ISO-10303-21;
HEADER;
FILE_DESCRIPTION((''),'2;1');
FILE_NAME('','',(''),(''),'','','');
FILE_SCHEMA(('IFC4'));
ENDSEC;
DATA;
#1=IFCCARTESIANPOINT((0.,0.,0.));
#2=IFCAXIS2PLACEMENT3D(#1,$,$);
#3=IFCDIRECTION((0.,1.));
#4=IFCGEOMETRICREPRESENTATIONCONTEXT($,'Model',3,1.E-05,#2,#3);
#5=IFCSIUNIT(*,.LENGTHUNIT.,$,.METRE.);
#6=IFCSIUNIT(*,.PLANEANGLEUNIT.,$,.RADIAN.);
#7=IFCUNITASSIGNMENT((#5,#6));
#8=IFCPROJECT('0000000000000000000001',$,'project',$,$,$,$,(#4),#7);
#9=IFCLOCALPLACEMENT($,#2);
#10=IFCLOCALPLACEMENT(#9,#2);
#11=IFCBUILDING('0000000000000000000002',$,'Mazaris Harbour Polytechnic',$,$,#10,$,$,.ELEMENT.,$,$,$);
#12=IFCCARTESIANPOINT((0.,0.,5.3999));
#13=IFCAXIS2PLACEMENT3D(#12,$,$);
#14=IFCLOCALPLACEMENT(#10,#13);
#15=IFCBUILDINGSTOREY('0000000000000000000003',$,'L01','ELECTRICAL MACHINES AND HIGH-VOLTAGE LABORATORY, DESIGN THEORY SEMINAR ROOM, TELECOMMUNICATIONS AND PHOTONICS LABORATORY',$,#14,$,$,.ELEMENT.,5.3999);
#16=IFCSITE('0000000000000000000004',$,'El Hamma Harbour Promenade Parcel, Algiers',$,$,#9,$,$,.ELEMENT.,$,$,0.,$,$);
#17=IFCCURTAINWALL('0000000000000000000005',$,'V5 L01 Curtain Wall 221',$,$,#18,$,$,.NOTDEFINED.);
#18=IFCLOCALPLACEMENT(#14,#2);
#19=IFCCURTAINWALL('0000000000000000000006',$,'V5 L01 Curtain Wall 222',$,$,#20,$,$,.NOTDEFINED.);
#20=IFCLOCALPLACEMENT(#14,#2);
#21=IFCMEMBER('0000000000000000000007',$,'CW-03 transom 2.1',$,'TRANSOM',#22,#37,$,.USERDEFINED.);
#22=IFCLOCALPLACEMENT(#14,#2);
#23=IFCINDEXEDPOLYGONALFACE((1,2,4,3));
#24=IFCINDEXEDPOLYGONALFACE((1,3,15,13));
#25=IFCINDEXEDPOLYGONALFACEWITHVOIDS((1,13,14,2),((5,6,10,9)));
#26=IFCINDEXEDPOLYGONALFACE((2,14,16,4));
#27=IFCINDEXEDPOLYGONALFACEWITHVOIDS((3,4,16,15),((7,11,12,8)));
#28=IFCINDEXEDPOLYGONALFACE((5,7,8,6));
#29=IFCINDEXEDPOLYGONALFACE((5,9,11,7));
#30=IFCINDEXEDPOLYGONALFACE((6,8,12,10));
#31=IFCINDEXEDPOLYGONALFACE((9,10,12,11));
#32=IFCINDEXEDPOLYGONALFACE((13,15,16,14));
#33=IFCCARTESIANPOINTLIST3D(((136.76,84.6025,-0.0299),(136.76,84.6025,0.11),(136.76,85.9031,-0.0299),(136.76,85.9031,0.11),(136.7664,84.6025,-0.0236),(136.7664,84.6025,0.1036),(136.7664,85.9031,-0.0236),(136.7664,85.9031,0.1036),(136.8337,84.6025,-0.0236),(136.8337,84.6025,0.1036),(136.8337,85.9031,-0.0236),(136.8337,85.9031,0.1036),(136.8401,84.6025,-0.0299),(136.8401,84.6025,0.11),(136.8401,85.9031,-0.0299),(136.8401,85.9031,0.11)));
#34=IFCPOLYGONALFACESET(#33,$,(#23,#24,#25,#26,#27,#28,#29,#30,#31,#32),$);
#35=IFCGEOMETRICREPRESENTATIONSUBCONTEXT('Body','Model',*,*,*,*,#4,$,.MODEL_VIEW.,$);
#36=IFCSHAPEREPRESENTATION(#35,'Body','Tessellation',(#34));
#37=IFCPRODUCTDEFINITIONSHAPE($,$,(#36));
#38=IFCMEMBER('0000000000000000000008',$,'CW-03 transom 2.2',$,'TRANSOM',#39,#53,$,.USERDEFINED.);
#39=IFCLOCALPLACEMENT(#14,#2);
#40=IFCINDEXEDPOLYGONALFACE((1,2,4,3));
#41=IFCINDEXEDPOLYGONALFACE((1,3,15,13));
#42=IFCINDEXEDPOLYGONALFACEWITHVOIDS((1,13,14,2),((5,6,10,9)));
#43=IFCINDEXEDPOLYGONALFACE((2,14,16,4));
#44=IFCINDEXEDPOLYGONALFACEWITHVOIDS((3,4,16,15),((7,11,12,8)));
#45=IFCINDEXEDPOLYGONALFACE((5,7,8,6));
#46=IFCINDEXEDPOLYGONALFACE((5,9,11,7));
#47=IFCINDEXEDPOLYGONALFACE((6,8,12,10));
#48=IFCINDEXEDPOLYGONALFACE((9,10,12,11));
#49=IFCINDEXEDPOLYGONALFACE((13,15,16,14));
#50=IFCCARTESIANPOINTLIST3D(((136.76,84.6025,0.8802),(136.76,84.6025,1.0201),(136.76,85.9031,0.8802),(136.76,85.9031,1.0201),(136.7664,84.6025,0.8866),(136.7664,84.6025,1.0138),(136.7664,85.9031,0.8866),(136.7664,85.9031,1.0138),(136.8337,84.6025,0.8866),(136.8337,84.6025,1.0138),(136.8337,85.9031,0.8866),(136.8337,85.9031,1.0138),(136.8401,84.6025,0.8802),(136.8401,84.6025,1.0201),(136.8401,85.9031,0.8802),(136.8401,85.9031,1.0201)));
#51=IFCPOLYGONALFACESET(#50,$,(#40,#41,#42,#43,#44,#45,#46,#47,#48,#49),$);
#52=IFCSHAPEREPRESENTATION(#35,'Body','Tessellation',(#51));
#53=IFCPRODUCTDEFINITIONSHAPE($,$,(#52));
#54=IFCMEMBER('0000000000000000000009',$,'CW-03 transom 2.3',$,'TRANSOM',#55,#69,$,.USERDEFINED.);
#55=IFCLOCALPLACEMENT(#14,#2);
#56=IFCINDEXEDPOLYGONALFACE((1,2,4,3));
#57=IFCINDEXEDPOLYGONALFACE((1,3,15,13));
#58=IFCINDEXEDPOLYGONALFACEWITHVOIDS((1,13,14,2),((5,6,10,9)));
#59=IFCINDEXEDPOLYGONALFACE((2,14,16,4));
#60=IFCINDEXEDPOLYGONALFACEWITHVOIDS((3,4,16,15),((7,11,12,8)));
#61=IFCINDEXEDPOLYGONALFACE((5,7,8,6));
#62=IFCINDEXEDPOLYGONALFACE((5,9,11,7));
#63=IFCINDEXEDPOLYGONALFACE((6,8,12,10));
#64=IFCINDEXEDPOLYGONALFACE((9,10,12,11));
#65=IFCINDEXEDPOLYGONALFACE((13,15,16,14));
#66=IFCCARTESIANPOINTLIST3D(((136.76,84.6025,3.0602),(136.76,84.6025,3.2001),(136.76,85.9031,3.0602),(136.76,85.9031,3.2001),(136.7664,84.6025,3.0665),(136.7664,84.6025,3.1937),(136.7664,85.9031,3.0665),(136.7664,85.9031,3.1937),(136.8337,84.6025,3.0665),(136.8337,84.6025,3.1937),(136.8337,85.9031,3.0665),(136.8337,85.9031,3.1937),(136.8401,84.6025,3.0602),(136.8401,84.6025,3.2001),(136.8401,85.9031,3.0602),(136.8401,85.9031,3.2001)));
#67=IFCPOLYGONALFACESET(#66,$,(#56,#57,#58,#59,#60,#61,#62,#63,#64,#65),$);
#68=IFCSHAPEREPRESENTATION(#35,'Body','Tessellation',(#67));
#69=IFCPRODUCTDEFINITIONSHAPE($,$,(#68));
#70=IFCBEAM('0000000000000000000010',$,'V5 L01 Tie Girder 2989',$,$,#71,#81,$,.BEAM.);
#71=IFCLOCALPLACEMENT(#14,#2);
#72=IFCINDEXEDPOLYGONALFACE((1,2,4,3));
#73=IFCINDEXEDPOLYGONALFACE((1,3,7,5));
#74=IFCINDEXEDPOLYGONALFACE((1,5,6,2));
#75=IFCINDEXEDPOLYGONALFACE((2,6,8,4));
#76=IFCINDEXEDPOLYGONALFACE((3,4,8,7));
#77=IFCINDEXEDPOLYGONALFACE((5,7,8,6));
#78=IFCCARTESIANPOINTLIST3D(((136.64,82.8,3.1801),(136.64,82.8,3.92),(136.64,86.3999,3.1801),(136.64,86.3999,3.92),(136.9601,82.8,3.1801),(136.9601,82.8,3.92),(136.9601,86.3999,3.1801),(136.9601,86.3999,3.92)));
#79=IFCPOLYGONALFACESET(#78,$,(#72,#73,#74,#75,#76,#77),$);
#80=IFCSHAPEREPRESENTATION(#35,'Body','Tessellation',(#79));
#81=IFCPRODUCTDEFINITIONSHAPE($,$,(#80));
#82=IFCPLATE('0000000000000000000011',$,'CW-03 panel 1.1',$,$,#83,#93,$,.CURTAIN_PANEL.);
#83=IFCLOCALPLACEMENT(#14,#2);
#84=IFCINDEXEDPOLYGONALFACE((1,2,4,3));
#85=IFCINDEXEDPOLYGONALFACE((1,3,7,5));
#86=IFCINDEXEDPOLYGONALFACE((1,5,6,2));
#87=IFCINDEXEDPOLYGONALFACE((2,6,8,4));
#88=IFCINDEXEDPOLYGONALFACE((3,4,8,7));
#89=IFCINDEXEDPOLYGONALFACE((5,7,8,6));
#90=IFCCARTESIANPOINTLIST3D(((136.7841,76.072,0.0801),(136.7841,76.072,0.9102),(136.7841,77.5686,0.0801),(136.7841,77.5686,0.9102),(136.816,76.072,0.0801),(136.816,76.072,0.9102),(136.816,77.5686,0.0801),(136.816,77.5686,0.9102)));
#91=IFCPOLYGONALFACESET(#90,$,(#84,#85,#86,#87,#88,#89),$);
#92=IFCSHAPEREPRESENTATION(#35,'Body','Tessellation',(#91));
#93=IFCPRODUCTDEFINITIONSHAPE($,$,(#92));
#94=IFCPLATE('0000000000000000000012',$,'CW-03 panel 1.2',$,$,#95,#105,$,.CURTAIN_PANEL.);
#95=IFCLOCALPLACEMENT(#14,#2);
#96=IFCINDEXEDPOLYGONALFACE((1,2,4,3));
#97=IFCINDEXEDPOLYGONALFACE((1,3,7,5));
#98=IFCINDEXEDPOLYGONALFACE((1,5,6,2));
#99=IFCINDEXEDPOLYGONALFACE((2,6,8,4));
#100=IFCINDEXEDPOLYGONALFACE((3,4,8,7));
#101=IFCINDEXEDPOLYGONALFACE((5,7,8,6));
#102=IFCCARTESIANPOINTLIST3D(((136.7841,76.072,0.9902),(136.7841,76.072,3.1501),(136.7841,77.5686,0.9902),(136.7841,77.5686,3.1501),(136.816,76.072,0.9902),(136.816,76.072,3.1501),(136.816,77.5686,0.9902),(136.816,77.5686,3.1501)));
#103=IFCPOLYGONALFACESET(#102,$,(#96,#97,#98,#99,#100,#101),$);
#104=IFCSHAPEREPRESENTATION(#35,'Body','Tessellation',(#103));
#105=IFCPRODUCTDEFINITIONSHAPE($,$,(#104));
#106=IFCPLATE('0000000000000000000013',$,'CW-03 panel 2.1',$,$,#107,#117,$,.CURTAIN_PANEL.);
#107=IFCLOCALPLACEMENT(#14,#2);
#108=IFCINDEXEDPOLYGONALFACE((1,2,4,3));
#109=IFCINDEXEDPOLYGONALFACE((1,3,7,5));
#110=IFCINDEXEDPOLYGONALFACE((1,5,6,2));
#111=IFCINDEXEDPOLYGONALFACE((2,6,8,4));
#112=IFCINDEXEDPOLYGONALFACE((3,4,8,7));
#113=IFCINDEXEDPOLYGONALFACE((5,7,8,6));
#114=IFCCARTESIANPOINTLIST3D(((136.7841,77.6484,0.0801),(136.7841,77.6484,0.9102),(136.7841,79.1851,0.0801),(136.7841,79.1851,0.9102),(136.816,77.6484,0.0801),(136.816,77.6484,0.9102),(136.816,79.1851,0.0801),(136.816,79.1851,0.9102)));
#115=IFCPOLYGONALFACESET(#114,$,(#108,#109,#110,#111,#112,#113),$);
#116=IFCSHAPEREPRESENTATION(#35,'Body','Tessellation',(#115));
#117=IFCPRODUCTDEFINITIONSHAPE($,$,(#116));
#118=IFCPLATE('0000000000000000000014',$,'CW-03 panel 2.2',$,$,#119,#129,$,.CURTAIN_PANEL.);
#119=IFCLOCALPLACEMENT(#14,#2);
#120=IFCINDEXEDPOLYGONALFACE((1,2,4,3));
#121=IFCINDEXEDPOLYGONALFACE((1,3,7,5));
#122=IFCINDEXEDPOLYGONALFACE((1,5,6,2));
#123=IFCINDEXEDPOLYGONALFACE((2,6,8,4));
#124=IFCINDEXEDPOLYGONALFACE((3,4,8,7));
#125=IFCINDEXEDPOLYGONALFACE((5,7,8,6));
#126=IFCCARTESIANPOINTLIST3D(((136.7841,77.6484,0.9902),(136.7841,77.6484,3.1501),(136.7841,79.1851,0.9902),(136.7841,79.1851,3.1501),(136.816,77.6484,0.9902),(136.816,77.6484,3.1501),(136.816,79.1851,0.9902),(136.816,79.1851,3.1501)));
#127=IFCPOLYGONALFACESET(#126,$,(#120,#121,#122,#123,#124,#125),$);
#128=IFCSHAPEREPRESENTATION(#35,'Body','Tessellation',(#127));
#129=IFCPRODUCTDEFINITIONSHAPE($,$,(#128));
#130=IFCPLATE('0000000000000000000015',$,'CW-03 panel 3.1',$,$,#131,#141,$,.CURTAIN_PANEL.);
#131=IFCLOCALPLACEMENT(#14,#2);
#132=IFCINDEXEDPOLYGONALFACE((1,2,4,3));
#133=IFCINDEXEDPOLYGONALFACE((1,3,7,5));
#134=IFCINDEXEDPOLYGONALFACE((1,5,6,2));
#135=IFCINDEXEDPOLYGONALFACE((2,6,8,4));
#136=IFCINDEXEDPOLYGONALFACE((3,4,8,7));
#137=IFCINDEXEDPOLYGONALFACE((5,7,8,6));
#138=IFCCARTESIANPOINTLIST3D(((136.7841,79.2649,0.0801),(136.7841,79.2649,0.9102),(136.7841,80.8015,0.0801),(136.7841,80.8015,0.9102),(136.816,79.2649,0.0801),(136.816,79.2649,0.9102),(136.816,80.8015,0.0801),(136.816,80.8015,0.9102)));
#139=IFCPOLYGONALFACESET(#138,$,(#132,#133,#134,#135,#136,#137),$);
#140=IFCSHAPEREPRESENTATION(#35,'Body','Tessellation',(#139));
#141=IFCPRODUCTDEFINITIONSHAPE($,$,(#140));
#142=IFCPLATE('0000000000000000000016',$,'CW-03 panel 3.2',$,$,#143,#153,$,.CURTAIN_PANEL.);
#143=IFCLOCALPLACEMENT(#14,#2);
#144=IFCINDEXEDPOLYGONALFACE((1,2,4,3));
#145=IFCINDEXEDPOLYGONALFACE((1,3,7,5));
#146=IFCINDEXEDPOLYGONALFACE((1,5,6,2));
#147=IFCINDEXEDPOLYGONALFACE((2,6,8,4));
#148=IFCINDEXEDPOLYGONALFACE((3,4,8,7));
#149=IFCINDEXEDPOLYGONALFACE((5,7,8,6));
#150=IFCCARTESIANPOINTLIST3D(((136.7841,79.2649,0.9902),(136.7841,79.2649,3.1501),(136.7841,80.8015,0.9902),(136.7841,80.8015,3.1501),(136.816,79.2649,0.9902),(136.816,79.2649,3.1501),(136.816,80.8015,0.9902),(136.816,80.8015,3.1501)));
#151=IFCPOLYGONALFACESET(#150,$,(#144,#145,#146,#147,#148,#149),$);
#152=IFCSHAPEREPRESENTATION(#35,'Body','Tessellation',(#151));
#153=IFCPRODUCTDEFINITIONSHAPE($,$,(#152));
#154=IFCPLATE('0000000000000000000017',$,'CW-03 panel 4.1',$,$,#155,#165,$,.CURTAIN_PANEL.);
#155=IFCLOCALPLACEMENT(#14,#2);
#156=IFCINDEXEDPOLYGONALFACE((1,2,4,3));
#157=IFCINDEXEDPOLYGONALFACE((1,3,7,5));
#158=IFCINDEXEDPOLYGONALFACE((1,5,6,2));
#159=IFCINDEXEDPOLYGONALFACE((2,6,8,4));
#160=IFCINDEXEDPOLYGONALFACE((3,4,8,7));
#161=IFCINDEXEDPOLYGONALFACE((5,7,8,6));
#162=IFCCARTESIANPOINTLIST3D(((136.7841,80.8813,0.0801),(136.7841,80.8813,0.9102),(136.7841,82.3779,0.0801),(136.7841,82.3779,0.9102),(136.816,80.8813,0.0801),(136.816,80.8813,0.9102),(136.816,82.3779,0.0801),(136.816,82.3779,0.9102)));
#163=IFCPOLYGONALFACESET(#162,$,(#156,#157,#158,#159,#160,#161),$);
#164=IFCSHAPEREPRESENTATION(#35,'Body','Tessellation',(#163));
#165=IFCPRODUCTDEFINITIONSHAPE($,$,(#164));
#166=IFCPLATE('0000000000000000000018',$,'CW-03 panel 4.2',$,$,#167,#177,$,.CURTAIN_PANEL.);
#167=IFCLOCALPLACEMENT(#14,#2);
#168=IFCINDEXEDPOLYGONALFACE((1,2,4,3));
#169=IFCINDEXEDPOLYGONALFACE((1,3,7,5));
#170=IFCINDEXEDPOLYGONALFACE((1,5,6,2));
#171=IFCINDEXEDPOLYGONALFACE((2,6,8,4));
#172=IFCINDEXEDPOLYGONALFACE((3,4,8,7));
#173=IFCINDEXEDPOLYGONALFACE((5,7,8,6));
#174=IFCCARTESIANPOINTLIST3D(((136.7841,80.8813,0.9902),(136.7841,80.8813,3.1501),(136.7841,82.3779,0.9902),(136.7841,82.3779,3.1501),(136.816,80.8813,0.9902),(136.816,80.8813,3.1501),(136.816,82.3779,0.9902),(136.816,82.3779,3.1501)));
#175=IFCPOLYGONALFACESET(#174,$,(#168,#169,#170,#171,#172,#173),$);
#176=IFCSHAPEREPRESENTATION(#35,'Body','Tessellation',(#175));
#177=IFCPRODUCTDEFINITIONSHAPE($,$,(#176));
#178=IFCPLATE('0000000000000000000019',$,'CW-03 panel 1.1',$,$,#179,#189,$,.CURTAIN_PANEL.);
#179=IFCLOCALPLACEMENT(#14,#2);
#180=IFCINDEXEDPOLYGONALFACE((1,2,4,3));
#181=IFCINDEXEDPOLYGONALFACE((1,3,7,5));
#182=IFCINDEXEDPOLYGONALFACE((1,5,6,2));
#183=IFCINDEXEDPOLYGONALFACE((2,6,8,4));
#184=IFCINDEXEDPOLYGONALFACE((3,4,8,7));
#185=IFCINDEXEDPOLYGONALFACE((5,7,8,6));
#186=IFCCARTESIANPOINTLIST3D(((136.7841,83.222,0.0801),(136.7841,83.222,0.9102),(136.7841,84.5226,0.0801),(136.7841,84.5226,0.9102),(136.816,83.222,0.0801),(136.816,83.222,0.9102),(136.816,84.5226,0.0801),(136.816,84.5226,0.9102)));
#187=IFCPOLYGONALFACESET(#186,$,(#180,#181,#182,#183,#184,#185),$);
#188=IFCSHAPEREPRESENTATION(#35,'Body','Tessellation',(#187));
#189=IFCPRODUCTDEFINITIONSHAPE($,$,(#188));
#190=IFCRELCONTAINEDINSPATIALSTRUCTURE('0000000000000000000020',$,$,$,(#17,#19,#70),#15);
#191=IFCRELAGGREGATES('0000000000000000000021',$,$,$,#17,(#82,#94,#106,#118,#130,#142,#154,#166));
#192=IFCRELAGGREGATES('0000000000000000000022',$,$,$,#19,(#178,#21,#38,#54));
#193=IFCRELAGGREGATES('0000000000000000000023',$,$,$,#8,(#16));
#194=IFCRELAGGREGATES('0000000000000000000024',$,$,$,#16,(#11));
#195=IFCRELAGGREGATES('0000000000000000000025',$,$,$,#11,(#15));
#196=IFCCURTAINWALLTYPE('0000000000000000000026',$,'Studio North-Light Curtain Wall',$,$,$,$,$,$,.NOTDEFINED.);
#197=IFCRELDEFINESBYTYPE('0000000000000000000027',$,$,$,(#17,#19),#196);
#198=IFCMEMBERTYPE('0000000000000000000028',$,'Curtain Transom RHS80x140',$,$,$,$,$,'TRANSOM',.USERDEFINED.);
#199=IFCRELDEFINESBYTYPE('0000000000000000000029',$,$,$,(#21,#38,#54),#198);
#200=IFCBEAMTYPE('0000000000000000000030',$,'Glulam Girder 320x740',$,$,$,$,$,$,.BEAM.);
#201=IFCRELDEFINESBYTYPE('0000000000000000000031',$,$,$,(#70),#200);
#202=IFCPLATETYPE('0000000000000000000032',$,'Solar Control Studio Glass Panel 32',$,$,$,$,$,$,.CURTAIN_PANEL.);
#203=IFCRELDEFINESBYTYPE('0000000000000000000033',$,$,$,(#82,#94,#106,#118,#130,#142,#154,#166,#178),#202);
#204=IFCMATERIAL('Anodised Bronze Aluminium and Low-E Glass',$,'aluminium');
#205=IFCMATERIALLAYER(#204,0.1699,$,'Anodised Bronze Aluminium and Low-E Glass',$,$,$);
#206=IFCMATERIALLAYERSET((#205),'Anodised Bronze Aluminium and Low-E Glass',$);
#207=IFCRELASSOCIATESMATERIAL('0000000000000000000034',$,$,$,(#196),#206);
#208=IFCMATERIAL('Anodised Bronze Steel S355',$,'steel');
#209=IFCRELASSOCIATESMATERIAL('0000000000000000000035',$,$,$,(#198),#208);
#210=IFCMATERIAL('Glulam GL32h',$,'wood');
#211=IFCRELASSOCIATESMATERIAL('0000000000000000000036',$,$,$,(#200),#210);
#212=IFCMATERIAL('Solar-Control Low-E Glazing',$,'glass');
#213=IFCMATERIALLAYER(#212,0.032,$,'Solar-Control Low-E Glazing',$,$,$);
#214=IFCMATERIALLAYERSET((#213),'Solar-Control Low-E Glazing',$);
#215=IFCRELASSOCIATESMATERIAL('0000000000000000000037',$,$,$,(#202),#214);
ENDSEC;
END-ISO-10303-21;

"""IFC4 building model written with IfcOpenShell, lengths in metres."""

from ifc_helpers import new_model, si_unit, direction, frame, origin, origin_2d, place, context, subcontext, project, spatial, rectangle, hollow_rectangle, extrude, material, layer, layer_set, material_profile, profile_set, type_object, element, aggregate, save


model = new_model("IFC4")

# Units and contexts
model_context = context("Model", 3, precision=1e-05, world=origin(), true_north=direction((0.0, 1.0)))
body_context = subcontext(model_context, "Body", "Model", "MODEL_VIEW")
ifc_project = project(units=[si_unit("LENGTHUNIT", "METRE"), si_unit("PLANEANGLEUNIT", "RADIAN")], contexts=[model_context])

# Site, building, storey
site_placement = place(None, origin())
site = spatial("IfcSite", under=ifc_project, at=site_placement, Name="El Hamma Harbour Promenade Parcel, Algiers", CompositionType="ELEMENT", RefElevation=0.0)
building_placement = place(site_placement, origin())
building = spatial("IfcBuilding", under=site, at=building_placement, Name="Mazaris Harbour Polytechnic", CompositionType="ELEMENT")
storey_placement = place(building_placement, frame((0.0, 0.0, 5.3999)))
storey = spatial("IfcBuildingStorey", under=building, at=storey_placement, Name="L01", Description="ELECTRICAL MACHINES AND HIGH-VOLTAGE LABORATORY, DESIGN THEORY SEMINAR ROOM, TELECOMMUNICATIONS AND PHOTONICS LABORATORY", CompositionType="ELEMENT", Elevation=5.3999)

# Curtain walls
ifc_material_1 = material(Name="Anodised Bronze Aluminium and Low-E Glass", Category="aluminium")
ifc_layer_1 = layer(ifc_material_1, 0.1699, Name="Anodised Bronze Aluminium and Low-E Glass")
ifc_layer_set_1 = layer_set([ifc_layer_1], Name="Anodised Bronze Aluminium and Low-E Glass")
curtain_wall_type = type_object("IfcCurtainWallType", Name="Studio North-Light Curtain Wall", PredefinedType="NOTDEFINED", material=ifc_layer_set_1)
curtain_wall_1_placement = place(storey_placement, origin())
curtain_wall_1 = element("IfcCurtainWall", 1, at=curtain_wall_1_placement, inside=storey, type_object=curtain_wall_type, Name="V5 L01 Curtain Wall 221", PredefinedType="NOTDEFINED")
curtain_wall_2_placement = place(storey_placement, origin())
curtain_wall_2 = element("IfcCurtainWall", 2, at=curtain_wall_2_placement, inside=storey, type_object=curtain_wall_type, Name="V5 L01 Curtain Wall 222", PredefinedType="NOTDEFINED")

# Members
ifc_material_2 = material(Name="Anodised Bronze Steel S355", Category="steel")
ifc_material_profile_1 = material_profile(ifc_material_2, hollow_rectangle(XDim=0.0801, YDim=0.1399, WallThickness=0.0063, at=origin_2d()), Name="RHS 80x140x6.3")
ifc_profile_set_1 = profile_set([ifc_material_profile_1], Name="Anodised Bronze Steel S355")
member_type_1 = type_object("IfcMemberType", Name="Curtain Transom RHS80x140", ElementType="TRANSOM", PredefinedType="USERDEFINED", material=ifc_profile_set_1)
member_1_placement = place(storey_placement, frame((136.8, 84.6025, 0.04), z_axis=(0.0, 1.0, 0.0), x_axis=(-1.0, 0.0, 0.0)))
member_1 = element("IfcMember", 3, at=member_1_placement, type_object=member_type_1, Name="CW-03 transom 2.1", ObjectType="TRANSOM", PredefinedType="USERDEFINED", context=body_context, shape_type="SweptSolid", body=[
    extrude(hollow_rectangle(XDim=0.0801, YDim=0.1399, WallThickness=0.0063, at=origin_2d()), origin(), (0.0, 0.0, 1.0), 1.3005),
])
member_2_placement = place(storey_placement, frame((136.8, 84.6025, 0.9502), z_axis=(0.0, 1.0, 0.0), x_axis=(-1.0, 0.0, 0.0)))
member_2 = element("IfcMember", 4, at=member_2_placement, type_object=member_type_1, Name="CW-03 transom 2.2", ObjectType="TRANSOM", PredefinedType="USERDEFINED", context=body_context, shape_type="SweptSolid", body=[
    extrude(hollow_rectangle(XDim=0.0801, YDim=0.1399, WallThickness=0.0063, at=origin_2d()), origin(), (0.0, 0.0, 1.0), 1.3005),
])
member_3_placement = place(storey_placement, frame((136.8, 84.6025, 3.1301), z_axis=(0.0, 1.0, 0.0), x_axis=(-1.0, 0.0, 0.0)))
member_3 = element("IfcMember", 5, at=member_3_placement, type_object=member_type_1, Name="CW-03 transom 2.3", ObjectType="TRANSOM", PredefinedType="USERDEFINED", context=body_context, shape_type="SweptSolid", body=[
    extrude(hollow_rectangle(XDim=0.0801, YDim=0.1399, WallThickness=0.0063, at=origin_2d()), origin(), (0.0, 0.0, 1.0), 1.3005),
])

# Beam
ifc_material_3 = material(Name="Glulam GL32h", Category="wood")
ifc_material_profile_2 = material_profile(ifc_material_3, rectangle(XDim=0.3201, YDim=0.74, at=origin_2d()), Name="RECT320x740")
ifc_profile_set_2 = profile_set([ifc_material_profile_2], Name="Glulam GL32h")
beam_type = type_object("IfcBeamType", Name="Glulam Girder 320x740", PredefinedType="BEAM", material=ifc_profile_set_2)
beam_placement = place(storey_placement, frame((136.8, 82.8, 3.55), z_axis=(0.0, 1.0, 0.0), x_axis=(-1.0, 0.0, 0.0)))
element("IfcBeam", 6, at=beam_placement, inside=storey, type_object=beam_type, Name="V5 L01 Tie Girder 2989", PredefinedType="BEAM", context=body_context, shape_type="SweptSolid", body=[
    extrude(rectangle(XDim=0.3201, YDim=0.74, at=origin_2d()), origin(), (0.0, 0.0, 1.0), 3.5999),
])

# Plates
ifc_material_4 = material(Name="Solar-Control Low-E Glazing", Category="glass")
ifc_layer_2 = layer(ifc_material_4, 0.032, Name="Solar-Control Low-E Glazing")
ifc_layer_set_2 = layer_set([ifc_layer_2], Name="Solar-Control Low-E Glazing")
plate_type = type_object("IfcPlateType", Name="Solar Control Studio Glass Panel 32", PredefinedType="CURTAIN_PANEL", material=ifc_layer_set_2)
plate_1_placement = place(storey_placement, frame((136.8, 76.8203, 0.0801), z_axis=(0.0, 0.0, 1.0), x_axis=(0.0, 1.0, 0.0)))
plate_1 = element("IfcPlate", 7, at=plate_1_placement, type_object=plate_type, Name="CW-03 panel 1.1", PredefinedType="CURTAIN_PANEL", context=body_context, shape_type="SweptSolid", body=[
    extrude(rectangle(XDim=1.4966, YDim=0.032, at=origin_2d()), origin(), (0.0, 0.0, 1.0), 0.8301),
])
plate_2_placement = place(storey_placement, frame((136.8, 76.8203, 0.9902), z_axis=(0.0, 0.0, 1.0), x_axis=(0.0, 1.0, 0.0)))
plate_2 = element("IfcPlate", 8, at=plate_2_placement, type_object=plate_type, Name="CW-03 panel 1.2", PredefinedType="CURTAIN_PANEL", context=body_context, shape_type="SweptSolid", body=[
    extrude(rectangle(XDim=1.4966, YDim=0.032, at=origin_2d()), origin(), (0.0, 0.0, 1.0), 2.1599),
])
plate_3_placement = place(storey_placement, frame((136.8, 78.4167, 0.0801), z_axis=(0.0, 0.0, 1.0), x_axis=(0.0, 1.0, 0.0)))
plate_3 = element("IfcPlate", 9, at=plate_3_placement, type_object=plate_type, Name="CW-03 panel 2.1", PredefinedType="CURTAIN_PANEL", context=body_context, shape_type="SweptSolid", body=[
    extrude(rectangle(XDim=1.5366, YDim=0.032, at=origin_2d()), origin(), (0.0, 0.0, 1.0), 0.8301),
])
plate_4_placement = place(storey_placement, frame((136.8, 78.4167, 0.9902), z_axis=(0.0, 0.0, 1.0), x_axis=(0.0, 1.0, 0.0)))
plate_4 = element("IfcPlate", 10, at=plate_4_placement, type_object=plate_type, Name="CW-03 panel 2.2", PredefinedType="CURTAIN_PANEL", context=body_context, shape_type="SweptSolid", body=[
    extrude(rectangle(XDim=1.5366, YDim=0.032, at=origin_2d()), origin(), (0.0, 0.0, 1.0), 2.1599),
])
plate_5_placement = place(storey_placement, frame((136.8, 80.0332, 0.0801), z_axis=(0.0, 0.0, 1.0), x_axis=(0.0, 1.0, 0.0)))
plate_5 = element("IfcPlate", 11, at=plate_5_placement, type_object=plate_type, Name="CW-03 panel 3.1", PredefinedType="CURTAIN_PANEL", context=body_context, shape_type="SweptSolid", body=[
    extrude(rectangle(XDim=1.5366, YDim=0.032, at=origin_2d()), origin(), (0.0, 0.0, 1.0), 0.8301),
])
plate_6_placement = place(storey_placement, frame((136.8, 80.0332, 0.9902), z_axis=(0.0, 0.0, 1.0), x_axis=(0.0, 1.0, 0.0)))
plate_6 = element("IfcPlate", 12, at=plate_6_placement, type_object=plate_type, Name="CW-03 panel 3.2", PredefinedType="CURTAIN_PANEL", context=body_context, shape_type="SweptSolid", body=[
    extrude(rectangle(XDim=1.5366, YDim=0.032, at=origin_2d()), origin(), (0.0, 0.0, 1.0), 2.1599),
])
plate_7_placement = place(storey_placement, frame((136.8, 81.6296, 0.0801), z_axis=(0.0, 0.0, 1.0), x_axis=(0.0, 1.0, 0.0)))
plate_7 = element("IfcPlate", 13, at=plate_7_placement, type_object=plate_type, Name="CW-03 panel 4.1", PredefinedType="CURTAIN_PANEL", context=body_context, shape_type="SweptSolid", body=[
    extrude(rectangle(XDim=1.4966, YDim=0.032, at=origin_2d()), origin(), (0.0, 0.0, 1.0), 0.8301),
])
plate_8_placement = place(storey_placement, frame((136.8, 81.6296, 0.9902), z_axis=(0.0, 0.0, 1.0), x_axis=(0.0, 1.0, 0.0)))
plate_8 = element("IfcPlate", 14, at=plate_8_placement, type_object=plate_type, Name="CW-03 panel 4.2", PredefinedType="CURTAIN_PANEL", context=body_context, shape_type="SweptSolid", body=[
    extrude(rectangle(XDim=1.4966, YDim=0.032, at=origin_2d()), origin(), (0.0, 0.0, 1.0), 2.1599),
])
aggregate(curtain_wall_1, [plate_1, plate_2, plate_3, plate_4, plate_5, plate_6, plate_7, plate_8])
plate_9_placement = place(storey_placement, frame((136.8, 83.8723, 0.0801), z_axis=(0.0, 0.0, 1.0), x_axis=(0.0, 1.0, 0.0)))
plate_9 = element("IfcPlate", 15, at=plate_9_placement, type_object=plate_type, Name="CW-03 panel 1.1", PredefinedType="CURTAIN_PANEL", context=body_context, shape_type="SweptSolid", body=[
    extrude(rectangle(XDim=1.3005, YDim=0.032, at=origin_2d()), origin(), (0.0, 0.0, 1.0), 0.8301),
])
aggregate(curtain_wall_2, [plate_9, member_1, member_2, member_3])

save(model, "model.ifc")
